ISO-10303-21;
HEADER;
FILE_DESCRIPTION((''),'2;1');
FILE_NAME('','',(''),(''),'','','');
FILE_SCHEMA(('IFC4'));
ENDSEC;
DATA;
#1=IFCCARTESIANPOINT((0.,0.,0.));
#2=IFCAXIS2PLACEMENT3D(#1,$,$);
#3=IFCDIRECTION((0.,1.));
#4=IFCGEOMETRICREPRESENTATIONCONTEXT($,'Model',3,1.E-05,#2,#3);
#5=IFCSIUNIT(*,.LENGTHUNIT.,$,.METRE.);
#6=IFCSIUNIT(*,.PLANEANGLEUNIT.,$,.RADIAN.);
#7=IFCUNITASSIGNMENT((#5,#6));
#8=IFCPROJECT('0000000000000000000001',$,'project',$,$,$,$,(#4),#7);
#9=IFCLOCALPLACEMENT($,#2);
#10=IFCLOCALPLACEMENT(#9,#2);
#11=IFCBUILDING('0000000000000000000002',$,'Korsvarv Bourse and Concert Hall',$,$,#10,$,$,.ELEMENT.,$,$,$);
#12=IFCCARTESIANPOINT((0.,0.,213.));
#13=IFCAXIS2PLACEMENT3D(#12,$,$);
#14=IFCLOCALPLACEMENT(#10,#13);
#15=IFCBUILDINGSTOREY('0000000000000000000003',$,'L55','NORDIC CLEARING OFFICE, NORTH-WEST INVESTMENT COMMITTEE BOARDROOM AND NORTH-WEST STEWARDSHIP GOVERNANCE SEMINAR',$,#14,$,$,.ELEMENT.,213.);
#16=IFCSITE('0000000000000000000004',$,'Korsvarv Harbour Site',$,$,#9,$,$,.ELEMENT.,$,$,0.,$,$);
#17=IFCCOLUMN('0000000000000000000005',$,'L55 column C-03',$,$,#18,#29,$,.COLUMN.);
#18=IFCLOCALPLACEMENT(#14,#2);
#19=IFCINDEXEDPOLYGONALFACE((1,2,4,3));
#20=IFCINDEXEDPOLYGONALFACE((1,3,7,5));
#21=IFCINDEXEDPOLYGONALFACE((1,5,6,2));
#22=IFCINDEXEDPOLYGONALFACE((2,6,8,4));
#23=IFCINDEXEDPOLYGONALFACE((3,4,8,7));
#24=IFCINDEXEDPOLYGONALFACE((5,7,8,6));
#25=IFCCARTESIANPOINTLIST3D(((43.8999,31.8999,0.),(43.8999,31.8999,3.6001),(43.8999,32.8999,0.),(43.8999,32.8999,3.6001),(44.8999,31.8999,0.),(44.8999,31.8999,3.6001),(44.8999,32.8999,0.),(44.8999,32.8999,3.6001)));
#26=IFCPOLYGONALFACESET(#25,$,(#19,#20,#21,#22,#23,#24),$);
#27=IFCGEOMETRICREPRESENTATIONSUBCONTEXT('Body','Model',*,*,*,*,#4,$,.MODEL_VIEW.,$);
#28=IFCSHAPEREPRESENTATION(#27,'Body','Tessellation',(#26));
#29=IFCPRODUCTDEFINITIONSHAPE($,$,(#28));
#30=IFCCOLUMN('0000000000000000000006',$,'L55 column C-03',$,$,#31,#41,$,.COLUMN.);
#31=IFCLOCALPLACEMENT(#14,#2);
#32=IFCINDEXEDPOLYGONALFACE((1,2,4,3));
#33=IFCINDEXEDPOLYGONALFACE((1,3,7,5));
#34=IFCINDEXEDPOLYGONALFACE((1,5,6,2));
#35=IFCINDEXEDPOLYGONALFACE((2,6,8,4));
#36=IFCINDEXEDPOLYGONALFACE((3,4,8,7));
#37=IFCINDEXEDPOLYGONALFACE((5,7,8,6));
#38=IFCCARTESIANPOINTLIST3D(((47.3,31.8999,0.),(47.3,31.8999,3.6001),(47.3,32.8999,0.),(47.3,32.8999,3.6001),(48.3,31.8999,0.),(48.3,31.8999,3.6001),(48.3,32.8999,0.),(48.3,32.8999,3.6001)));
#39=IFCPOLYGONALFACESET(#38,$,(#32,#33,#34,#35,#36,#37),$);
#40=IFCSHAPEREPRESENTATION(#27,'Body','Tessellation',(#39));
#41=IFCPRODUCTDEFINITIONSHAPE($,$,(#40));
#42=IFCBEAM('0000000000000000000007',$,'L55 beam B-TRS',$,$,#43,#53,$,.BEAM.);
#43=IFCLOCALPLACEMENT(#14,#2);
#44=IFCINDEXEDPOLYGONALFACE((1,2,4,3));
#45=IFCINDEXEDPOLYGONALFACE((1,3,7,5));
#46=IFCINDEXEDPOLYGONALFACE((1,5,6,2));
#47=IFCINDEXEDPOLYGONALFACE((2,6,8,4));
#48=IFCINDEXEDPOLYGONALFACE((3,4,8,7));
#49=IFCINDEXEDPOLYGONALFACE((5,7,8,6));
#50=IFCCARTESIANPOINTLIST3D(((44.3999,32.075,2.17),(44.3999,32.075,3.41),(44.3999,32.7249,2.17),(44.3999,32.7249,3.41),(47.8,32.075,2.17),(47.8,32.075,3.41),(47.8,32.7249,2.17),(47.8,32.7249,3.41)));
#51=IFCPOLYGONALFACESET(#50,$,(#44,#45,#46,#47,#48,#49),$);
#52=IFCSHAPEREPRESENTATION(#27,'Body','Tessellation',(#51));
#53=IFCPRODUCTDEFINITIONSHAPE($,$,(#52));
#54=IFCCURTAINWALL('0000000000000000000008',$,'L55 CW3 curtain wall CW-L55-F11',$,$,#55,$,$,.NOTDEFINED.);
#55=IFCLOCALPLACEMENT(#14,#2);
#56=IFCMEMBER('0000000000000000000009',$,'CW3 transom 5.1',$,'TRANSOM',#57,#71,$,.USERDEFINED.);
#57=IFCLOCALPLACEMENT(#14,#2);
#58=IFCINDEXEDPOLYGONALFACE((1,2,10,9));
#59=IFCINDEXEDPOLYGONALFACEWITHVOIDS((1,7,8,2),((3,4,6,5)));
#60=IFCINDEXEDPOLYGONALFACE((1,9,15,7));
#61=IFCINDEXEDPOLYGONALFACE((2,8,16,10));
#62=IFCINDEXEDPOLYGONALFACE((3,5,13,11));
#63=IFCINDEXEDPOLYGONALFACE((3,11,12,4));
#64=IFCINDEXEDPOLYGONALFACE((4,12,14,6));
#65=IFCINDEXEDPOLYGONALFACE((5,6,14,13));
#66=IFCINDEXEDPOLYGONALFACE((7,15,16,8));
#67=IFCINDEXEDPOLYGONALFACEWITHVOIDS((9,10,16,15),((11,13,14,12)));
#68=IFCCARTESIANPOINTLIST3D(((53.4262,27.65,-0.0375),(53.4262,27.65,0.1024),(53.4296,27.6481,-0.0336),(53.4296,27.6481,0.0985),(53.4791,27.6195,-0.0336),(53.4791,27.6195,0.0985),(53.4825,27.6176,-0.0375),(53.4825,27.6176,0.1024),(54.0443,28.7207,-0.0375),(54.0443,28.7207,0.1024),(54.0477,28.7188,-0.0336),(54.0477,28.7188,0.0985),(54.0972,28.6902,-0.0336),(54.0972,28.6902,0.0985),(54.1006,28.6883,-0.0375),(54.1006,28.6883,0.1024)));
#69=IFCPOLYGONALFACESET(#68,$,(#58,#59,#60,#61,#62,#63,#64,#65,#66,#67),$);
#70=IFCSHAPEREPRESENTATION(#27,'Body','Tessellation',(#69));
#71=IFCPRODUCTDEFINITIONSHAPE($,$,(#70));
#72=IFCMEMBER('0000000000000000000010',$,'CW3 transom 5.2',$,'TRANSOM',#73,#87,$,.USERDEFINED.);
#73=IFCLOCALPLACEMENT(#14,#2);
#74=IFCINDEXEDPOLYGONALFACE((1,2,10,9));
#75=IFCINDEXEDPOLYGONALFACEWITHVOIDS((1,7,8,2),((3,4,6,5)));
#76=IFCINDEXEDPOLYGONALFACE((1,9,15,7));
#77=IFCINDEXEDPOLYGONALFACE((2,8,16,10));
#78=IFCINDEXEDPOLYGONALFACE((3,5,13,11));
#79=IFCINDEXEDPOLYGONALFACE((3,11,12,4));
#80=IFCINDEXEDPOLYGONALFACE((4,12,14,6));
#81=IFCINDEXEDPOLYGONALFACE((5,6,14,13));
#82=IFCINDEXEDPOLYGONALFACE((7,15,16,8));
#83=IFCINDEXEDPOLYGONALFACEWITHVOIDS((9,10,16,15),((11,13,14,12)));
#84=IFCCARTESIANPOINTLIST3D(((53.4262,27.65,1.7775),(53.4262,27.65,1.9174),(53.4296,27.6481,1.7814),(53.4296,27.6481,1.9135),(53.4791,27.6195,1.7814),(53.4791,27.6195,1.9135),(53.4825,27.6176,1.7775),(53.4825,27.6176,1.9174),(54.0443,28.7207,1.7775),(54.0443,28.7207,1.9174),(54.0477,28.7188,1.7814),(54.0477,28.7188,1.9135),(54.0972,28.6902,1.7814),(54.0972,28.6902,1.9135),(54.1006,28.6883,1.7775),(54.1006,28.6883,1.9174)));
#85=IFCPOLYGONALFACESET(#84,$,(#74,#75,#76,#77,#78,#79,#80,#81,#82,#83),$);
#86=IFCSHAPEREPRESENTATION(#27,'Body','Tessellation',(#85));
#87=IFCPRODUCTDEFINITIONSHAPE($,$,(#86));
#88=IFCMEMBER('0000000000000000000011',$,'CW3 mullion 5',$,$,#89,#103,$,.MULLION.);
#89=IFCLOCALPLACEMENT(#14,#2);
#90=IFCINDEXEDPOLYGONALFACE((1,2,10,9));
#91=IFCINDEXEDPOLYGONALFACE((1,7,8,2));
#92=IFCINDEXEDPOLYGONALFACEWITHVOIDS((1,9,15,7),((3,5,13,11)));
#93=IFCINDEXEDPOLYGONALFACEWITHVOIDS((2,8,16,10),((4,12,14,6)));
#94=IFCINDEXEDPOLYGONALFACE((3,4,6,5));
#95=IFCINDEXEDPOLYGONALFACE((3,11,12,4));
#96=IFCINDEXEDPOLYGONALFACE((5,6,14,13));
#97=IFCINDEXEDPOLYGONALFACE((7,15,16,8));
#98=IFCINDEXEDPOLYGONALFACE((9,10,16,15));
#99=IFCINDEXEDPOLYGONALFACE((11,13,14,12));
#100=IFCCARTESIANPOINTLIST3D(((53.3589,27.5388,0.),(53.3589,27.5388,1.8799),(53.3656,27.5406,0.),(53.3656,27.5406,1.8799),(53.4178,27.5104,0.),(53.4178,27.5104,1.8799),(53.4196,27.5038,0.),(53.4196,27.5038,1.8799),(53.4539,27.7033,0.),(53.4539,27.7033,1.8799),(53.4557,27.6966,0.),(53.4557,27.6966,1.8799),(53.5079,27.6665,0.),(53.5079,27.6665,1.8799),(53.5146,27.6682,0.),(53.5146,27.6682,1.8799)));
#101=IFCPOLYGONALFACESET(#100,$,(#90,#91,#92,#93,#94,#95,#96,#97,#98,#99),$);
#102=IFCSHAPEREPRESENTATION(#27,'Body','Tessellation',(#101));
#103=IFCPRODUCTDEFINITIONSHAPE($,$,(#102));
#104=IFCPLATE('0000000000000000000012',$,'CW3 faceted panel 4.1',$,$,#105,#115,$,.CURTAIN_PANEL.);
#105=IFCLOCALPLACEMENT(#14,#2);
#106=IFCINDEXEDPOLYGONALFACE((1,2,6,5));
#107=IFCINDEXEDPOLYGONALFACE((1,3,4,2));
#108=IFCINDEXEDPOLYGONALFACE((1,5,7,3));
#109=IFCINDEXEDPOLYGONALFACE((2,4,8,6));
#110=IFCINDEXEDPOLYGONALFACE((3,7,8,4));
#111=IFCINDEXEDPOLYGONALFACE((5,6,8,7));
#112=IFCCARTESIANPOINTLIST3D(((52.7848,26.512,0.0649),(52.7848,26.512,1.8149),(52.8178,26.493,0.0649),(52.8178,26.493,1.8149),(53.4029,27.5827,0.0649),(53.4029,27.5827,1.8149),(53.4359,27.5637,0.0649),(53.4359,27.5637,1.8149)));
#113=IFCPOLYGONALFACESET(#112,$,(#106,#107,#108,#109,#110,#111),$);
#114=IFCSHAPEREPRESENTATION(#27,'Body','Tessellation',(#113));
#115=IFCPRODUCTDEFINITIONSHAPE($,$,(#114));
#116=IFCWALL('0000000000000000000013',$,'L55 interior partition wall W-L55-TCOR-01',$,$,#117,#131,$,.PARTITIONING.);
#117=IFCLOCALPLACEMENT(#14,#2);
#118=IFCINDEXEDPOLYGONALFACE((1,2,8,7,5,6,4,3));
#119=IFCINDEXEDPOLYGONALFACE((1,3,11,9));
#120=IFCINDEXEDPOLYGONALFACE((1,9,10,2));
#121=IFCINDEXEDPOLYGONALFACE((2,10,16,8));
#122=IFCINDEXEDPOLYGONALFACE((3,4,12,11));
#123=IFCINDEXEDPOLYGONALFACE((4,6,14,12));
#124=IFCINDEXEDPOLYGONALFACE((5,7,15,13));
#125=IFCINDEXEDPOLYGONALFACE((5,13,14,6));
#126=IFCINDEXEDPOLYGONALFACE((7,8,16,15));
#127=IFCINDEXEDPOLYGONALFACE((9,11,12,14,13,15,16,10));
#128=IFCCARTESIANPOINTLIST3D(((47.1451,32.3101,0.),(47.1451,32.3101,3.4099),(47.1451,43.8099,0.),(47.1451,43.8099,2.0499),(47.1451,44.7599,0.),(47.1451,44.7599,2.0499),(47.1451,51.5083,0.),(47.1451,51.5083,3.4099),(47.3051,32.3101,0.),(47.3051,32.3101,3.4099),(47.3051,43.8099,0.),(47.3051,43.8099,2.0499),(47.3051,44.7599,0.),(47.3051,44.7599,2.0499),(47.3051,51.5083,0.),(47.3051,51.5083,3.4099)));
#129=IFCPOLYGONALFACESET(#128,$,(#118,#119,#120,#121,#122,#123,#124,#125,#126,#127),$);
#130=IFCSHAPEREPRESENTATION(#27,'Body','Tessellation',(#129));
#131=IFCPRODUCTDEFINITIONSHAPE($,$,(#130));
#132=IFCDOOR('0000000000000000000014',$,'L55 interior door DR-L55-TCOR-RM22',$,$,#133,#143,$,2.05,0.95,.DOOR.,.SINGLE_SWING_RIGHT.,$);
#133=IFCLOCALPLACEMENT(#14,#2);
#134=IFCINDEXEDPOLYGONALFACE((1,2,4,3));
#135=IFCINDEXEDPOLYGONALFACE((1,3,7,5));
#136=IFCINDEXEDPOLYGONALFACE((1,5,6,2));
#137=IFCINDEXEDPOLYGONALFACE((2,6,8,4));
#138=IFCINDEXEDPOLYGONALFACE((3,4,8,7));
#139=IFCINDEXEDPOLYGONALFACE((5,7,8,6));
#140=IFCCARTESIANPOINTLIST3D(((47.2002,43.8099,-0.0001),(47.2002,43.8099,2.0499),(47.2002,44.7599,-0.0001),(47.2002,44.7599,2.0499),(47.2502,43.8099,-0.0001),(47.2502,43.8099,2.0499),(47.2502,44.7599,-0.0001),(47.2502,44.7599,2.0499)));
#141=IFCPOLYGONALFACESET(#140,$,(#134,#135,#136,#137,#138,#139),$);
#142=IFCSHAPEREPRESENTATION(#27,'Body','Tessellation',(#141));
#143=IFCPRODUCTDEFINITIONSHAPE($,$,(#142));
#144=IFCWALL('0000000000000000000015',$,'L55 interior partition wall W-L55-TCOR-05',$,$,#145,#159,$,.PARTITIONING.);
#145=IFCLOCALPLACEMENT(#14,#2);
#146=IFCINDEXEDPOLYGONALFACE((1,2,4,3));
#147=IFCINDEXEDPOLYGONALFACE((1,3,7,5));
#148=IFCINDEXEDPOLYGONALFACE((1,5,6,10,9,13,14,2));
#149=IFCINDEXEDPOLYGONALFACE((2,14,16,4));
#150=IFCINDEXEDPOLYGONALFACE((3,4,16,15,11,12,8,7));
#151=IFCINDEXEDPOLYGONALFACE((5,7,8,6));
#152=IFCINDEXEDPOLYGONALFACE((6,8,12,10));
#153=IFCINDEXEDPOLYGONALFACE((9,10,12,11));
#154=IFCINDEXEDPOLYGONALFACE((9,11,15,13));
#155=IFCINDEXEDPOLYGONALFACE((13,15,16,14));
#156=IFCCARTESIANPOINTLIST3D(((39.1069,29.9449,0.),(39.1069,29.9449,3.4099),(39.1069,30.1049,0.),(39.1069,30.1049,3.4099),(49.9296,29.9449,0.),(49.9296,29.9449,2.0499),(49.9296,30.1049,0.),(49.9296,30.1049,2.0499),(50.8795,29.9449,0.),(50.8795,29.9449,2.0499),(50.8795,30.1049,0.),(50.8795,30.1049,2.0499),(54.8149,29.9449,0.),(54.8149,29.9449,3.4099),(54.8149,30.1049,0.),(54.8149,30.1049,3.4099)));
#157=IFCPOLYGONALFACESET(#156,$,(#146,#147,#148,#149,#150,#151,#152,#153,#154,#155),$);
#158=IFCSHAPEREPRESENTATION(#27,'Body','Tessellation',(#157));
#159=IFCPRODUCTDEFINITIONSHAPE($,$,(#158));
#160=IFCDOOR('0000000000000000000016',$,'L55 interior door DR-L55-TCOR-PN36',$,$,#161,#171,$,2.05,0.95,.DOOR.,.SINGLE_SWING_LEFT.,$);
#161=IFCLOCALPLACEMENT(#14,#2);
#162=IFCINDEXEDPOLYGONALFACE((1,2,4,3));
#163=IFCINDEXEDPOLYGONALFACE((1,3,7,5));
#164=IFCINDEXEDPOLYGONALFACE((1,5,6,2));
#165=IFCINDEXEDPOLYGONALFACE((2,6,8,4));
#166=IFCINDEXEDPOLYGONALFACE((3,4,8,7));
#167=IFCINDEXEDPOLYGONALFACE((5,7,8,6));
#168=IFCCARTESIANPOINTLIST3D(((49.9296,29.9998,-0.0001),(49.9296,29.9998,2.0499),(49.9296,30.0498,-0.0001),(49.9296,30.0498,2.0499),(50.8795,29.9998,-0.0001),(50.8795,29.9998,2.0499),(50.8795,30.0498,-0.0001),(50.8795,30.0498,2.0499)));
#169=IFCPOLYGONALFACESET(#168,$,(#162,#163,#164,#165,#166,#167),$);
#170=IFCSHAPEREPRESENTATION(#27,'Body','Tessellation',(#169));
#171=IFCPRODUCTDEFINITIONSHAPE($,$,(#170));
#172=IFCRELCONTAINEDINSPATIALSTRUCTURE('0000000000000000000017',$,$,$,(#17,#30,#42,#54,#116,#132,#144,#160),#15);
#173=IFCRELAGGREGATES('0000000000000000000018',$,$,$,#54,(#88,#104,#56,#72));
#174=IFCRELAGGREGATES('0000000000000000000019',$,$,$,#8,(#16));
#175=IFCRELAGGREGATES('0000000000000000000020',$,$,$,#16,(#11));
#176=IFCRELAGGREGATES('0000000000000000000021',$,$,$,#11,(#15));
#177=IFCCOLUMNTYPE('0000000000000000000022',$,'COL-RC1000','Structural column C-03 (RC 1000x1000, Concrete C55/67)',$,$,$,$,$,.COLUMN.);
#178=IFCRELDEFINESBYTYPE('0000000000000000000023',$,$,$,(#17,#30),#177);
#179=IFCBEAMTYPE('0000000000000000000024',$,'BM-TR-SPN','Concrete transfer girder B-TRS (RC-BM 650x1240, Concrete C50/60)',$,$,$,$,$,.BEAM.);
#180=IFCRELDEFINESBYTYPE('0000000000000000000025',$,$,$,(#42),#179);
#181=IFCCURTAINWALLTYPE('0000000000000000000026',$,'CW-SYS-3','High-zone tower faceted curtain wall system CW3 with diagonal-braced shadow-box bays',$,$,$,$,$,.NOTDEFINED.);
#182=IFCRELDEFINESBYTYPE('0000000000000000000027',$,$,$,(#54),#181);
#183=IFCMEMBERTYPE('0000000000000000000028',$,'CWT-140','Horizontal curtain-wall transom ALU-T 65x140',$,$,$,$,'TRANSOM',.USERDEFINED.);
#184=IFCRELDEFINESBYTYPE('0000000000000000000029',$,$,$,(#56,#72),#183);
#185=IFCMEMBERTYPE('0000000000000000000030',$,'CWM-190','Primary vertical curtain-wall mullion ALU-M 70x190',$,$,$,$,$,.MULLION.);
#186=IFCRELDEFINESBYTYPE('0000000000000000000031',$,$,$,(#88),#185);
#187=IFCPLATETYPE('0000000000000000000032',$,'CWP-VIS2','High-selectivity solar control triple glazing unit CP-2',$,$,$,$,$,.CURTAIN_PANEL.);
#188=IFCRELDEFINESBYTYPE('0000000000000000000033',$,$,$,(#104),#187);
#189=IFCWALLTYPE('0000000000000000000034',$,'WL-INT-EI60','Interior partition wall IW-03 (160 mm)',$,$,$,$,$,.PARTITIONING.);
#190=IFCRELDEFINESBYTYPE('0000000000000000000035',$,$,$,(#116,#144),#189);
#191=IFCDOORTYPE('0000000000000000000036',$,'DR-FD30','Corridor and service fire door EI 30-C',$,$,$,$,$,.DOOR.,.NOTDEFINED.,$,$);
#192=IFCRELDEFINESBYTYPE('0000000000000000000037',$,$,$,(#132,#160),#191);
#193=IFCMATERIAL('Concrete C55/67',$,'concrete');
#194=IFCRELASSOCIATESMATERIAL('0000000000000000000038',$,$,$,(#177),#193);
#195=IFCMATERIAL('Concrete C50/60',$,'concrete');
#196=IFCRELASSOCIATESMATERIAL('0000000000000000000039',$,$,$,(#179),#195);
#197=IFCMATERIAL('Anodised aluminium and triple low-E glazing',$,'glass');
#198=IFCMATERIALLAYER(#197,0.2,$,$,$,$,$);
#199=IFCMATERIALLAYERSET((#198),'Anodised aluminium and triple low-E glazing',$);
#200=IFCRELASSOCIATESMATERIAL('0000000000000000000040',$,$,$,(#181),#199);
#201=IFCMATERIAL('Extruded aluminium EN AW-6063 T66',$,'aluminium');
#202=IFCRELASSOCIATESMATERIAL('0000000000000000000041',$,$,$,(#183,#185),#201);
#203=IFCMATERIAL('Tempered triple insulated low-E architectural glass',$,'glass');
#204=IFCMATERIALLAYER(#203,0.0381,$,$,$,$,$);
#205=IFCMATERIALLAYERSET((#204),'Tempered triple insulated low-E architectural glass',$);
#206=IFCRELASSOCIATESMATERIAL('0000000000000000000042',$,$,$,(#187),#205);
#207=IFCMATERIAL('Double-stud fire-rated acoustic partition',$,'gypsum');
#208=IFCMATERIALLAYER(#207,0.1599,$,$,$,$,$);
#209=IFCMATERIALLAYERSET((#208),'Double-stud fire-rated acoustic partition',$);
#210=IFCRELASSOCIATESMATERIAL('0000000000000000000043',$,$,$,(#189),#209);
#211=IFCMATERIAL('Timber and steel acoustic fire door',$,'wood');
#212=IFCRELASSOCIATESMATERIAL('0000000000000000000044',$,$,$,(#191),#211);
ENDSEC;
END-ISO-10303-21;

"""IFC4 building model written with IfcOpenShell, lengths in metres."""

from ifc_helpers import new_model, si_unit, direction, frame, frame_2d, origin, origin_2d, place, context, subcontext, project, spatial, rectangle, hollow_rectangle, extrude, source, transform, mapped, material, layer, layer_set, material_profile, profile_set, type_object, element, fill, aggregate, save


model = new_model("IFC4")

# Units and contexts
model_context = context("Model", 3, precision=1e-05, world=origin(), true_north=direction((0.0, 1.0)))
body_context = subcontext(model_context, "Body", "Model", "MODEL_VIEW")
ifc_project = project(units=[si_unit("LENGTHUNIT", "METRE"), si_unit("PLANEANGLEUNIT", "RADIAN")], contexts=[model_context])

# Site, building, storey
site_placement = place(None, origin())
site = spatial("IfcSite", under=ifc_project, at=site_placement, Name="Korsvarv Harbour Site", CompositionType="ELEMENT", RefElevation=0.0)
building_placement = place(site_placement, origin())
building = spatial("IfcBuilding", under=site, at=building_placement, Name="Korsvarv Bourse and Concert Hall", CompositionType="ELEMENT")
storey_placement = place(building_placement, frame((0.0, 0.0, 213.0)))
storey = spatial("IfcBuildingStorey", under=building, at=storey_placement, Name="L55", Description="NORDIC CLEARING OFFICE, NORTH-WEST INVESTMENT COMMITTEE BOARDROOM AND NORTH-WEST STEWARDSHIP GOVERNANCE SEMINAR", CompositionType="ELEMENT", Elevation=213.0)

# Columns
ifc_material_1 = material(Name="Concrete C55/67", Category="concrete")
ifc_material_profile_1 = material_profile(ifc_material_1, rectangle(XDim=1.0, YDim=1.0, at=origin_2d()), Name="RC 1000x1000")
ifc_profile_set_1 = profile_set([ifc_material_profile_1], Name="Concrete C55/67")
column_type = type_object("IfcColumnType", Name="COL-RC1000", Description="Structural column C-03 (RC 1000x1000, Concrete C55/67)", PredefinedType="COLUMN", material=ifc_profile_set_1)
shared_shape_1 = source(origin(), body_context, "Body", "SweptSolid", [
    extrude(rectangle(XDim=1.0, YDim=1.0, at=origin_2d()), origin(), (0.0, 0.0, 1.0), 3.6001),
])
for number, where, z_axis, x_axis, name in (
    (1, (44.3999, 32.3999, 0.0), (0.0, 0.0, 1.0), (1.0, 0.0, 0.0), "L55 column C-03"),
    (2, (47.8, 32.3999, 0.0), (0.0, 0.0, 1.0), (1.0, 0.0, 0.0), "L55 column C-03"),
):
    element("IfcColumn", number, at=place(storey_placement, frame(where, z_axis=z_axis, x_axis=x_axis)), inside=storey, type_object=column_type, Name=name, PredefinedType="COLUMN", context=body_context, shape_type="MappedRepresentation", body=[
        mapped(shared_shape_1, transform((0.0, 0.0, 0.0), scale=1.0)),
    ])

# Beam
ifc_material_2 = material(Name="Concrete C50/60", Category="concrete")
ifc_material_profile_2 = material_profile(ifc_material_2, rectangle(XDim=0.6499, YDim=1.24, at=origin_2d()), Name="RC-BM 650x1240")
ifc_profile_set_2 = profile_set([ifc_material_profile_2], Name="Concrete C50/60")
beam_type = type_object("IfcBeamType", Name="BM-TR-SPN", Description="Concrete transfer girder B-TRS (RC-BM 650x1240, Concrete C50/60)", PredefinedType="BEAM", material=ifc_profile_set_2)
shared_shape_2 = source(origin(), body_context, "Body", "SweptSolid", [
    extrude(rectangle(XDim=0.6499, YDim=1.24, at=origin_2d()), origin(), (0.0, 0.0, 1.0), 3.4001),
])
beam_placement = place(storey_placement, frame((44.3999, 32.3999, 2.79), z_axis=(1.0, 0.0, 0.0), x_axis=(0.0, 1.0, 0.0)))
element("IfcBeam", 3, at=beam_placement, inside=storey, type_object=beam_type, Name="L55 beam B-TRS", PredefinedType="BEAM", context=body_context, shape_type="MappedRepresentation", body=[
    mapped(shared_shape_2, transform((0.0, 0.0, 0.0), scale=1.0)),
])

# Curtain wall, members, plate
ifc_material_3 = material(Name="Anodised aluminium and triple low-E glazing", Category="glass")
ifc_layer_1 = layer(ifc_material_3, 0.2)
ifc_layer_set_1 = layer_set([ifc_layer_1], Name="Anodised aluminium and triple low-E glazing")
curtain_wall_type = type_object("IfcCurtainWallType", Name="CW-SYS-3", Description="High-zone tower faceted curtain wall system CW3 with diagonal-braced shadow-box bays", PredefinedType="NOTDEFINED", material=ifc_layer_set_1)
curtain_wall_placement = place(storey_placement, origin())
curtain_wall = element("IfcCurtainWall", 4, at=curtain_wall_placement, inside=storey, type_object=curtain_wall_type, Name="L55 CW3 curtain wall CW-L55-F11", PredefinedType="NOTDEFINED")
ifc_material_4 = material(Name="Extruded aluminium EN AW-6063 T66", Category="aluminium")
ifc_material_profile_3 = material_profile(ifc_material_4, hollow_rectangle(XDim=0.0649, YDim=0.1399, WallThickness=0.0039, at=origin_2d()), Name="ALU-T 65x140")
ifc_profile_set_3 = profile_set([ifc_material_profile_3], Name="Extruded aluminium EN AW-6063 T66")
member_type_1 = type_object("IfcMemberType", Name="CWT-140", Description="Horizontal curtain-wall transom ALU-T 65x140", ElementType="TRANSOM", PredefinedType="USERDEFINED", material=ifc_profile_set_3)
shared_shape_3 = source(origin(), body_context, "Body", "SweptSolid", [
    extrude(hollow_rectangle(XDim=0.0649, YDim=0.1399, WallThickness=0.0039, at=origin_2d()), origin(), (0.0, 0.0, 1.0), 1.2363),
])
member_1_placement = place(storey_placement, frame((53.4543, 27.6338, 0.0325), z_axis=(0.499962, 0.866047, 0.0), x_axis=(-0.866047, 0.499962, 0.0)))
member_1 = element("IfcMember", 5, at=member_1_placement, type_object=member_type_1, Name="CW3 transom 5.1", ObjectType="TRANSOM", PredefinedType="USERDEFINED", context=body_context, shape_type="MappedRepresentation", body=[
    mapped(shared_shape_3, transform((0.0, 0.0, 0.0), scale=1.0)),
])
member_2_placement = place(storey_placement, frame((53.4543, 27.6338, 1.8474), z_axis=(0.499962, 0.866047, 0.0), x_axis=(-0.866047, 0.499962, 0.0)))
member_2 = element("IfcMember", 6, at=member_2_placement, type_object=member_type_1, Name="CW3 transom 5.2", ObjectType="TRANSOM", PredefinedType="USERDEFINED", context=body_context, shape_type="MappedRepresentation", body=[
    mapped(shared_shape_3, transform((0.0, 0.0, 0.0), scale=1.0)),
])
ifc_material_profile_4 = material_profile(ifc_material_4, hollow_rectangle(XDim=0.0701, YDim=0.1899, WallThickness=0.0049, at=origin_2d()), Name="ALU-M 70x190")
ifc_profile_set_4 = profile_set([ifc_material_profile_4], Name="Extruded aluminium EN AW-6063 T66")
member_type_2 = type_object("IfcMemberType", Name="CWM-190", Description="Primary vertical curtain-wall mullion ALU-M 70x190", PredefinedType="MULLION", material=ifc_profile_set_4)
shared_shape_4 = source(origin(), body_context, "Body", "SweptSolid", [
    extrude(hollow_rectangle(XDim=0.0701, YDim=0.1899, WallThickness=0.0049, at=origin_2d()), origin(), (0.0, 0.0, 1.0), 1.8799),
])
member_3_placement = place(storey_placement, frame((53.4368, 27.6035, 0.0), z_axis=(0.0, 0.0, 1.0), x_axis=(-0.866027, 0.499997, 0.0)))
member_3 = element("IfcMember", 7, at=member_3_placement, type_object=member_type_2, Name="CW3 mullion 5", PredefinedType="MULLION", context=body_context, shape_type="MappedRepresentation", body=[
    mapped(shared_shape_4, transform((0.0, 0.0, 0.0), scale=1.0)),
])
ifc_material_5 = material(Name="Tempered triple insulated low-E architectural glass", Category="glass")
ifc_layer_2 = layer(ifc_material_5, 0.0381)
ifc_layer_set_2 = layer_set([ifc_layer_2], Name="Tempered triple insulated low-E architectural glass")
plate_type = type_object("IfcPlateType", Name="CWP-VIS2", Description="High-selectivity solar control triple glazing unit CP-2", PredefinedType="CURTAIN_PANEL", material=ifc_layer_set_2)
shared_shape_5 = source(origin(), body_context, "Body", "SweptSolid", [
    extrude(rectangle(XDim=1.2363, YDim=0.0381, at=origin_2d()), origin(), (0.0, 0.0, 1.0), 1.75),
])
plate_placement = place(storey_placement, frame((53.1104, 27.0378, 0.0649), z_axis=(0.0, 0.0, 1.0), x_axis=(0.499997, 0.866027, 0.0)))
plate = element("IfcPlate", 8, at=plate_placement, type_object=plate_type, Name="CW3 faceted panel 4.1", PredefinedType="CURTAIN_PANEL", context=body_context, shape_type="MappedRepresentation", body=[
    mapped(shared_shape_5, transform((0.0, 0.0, 0.0), scale=1.0)),
])
aggregate(curtain_wall, [member_3, plate, member_1, member_2])

# Walls, openings, doors
ifc_material_6 = material(Name="Double-stud fire-rated acoustic partition", Category="gypsum")
ifc_layer_3 = layer(ifc_material_6, 0.1599)
ifc_layer_set_3 = layer_set([ifc_layer_3], Name="Double-stud fire-rated acoustic partition")
wall_type_1 = type_object("IfcWallType", Name="WL-INT-EI60", Description="Interior partition wall IW-03 (160 mm)", PredefinedType="PARTITIONING", material=ifc_layer_set_3)
wall_1_placement = place(storey_placement, frame((47.2251, 32.3101, 0.0), z_axis=(0.0, 0.0, 1.0), x_axis=(0.0, 1.0, 0.0)))
wall_1 = element("IfcWall", 9, at=wall_1_placement, inside=storey, type_object=wall_type_1, Name="L55 interior partition wall W-L55-TCOR-01", PredefinedType="PARTITIONING", context=body_context, shape_type="SweptSolid", body=[
    extrude(rectangle(XDim=19.1982, YDim=0.1599, at=frame_2d((9.5991, 0.0))), origin(), (0.0, 0.0, 1.0), 3.4099),
])
opening_1_placement = place(wall_1_placement, frame((11.4998, 0.0, 0.0)))
opening_1 = element("IfcOpeningElement", 10, at=opening_1_placement, cuts=wall_1, PredefinedType="OPENING", context=body_context, shape_type="SweptSolid", body=[
    extrude(rectangle(XDim=0.95, YDim=2.05, at=frame_2d((0.4751, 1.0249))), frame((0.0, 0.0898, 0.0), z_axis=(0.0, -1.0, 0.0), x_axis=(1.0, 0.0, 0.0)), (0.0, 0.0, 1.0), 0.1799),
])
ifc_material_7 = material(Name="Timber and steel acoustic fire door", Category="wood")
door_type = type_object("IfcDoorType", Name="DR-FD30", Description="Corridor and service fire door EI 30-C", OperationType="NOTDEFINED", PredefinedType="DOOR", material=ifc_material_7)
door_1_placement = place(opening_1_placement, origin())
door_1 = element("IfcDoor", 11, at=door_1_placement, inside=storey, type_object=door_type, Name="L55 interior door DR-L55-TCOR-RM22", OperationType="SINGLE_SWING_RIGHT", OverallHeight=2.05, OverallWidth=0.95, PredefinedType="DOOR", context=body_context, shape_type="SweptSolid", body=[
    extrude(rectangle(XDim=0.95, YDim=2.05, at=frame_2d((0.4751, 1.0249))), frame((0.0, 0.0249, 0.0), z_axis=(0.0, -1.0, 0.0), x_axis=(1.0, 0.0, 0.0)), (0.0, 0.0, 1.0), 0.05),
])
fill(opening_1, door_1)
wall_2_placement = place(storey_placement, frame((39.1069, 30.0249, 0.0), z_axis=(0.0, 0.0, 1.0), x_axis=(1.0, 0.0, 0.0)))
wall_2 = element("IfcWall", 12, at=wall_2_placement, inside=storey, type_object=wall_type_1, Name="L55 interior partition wall W-L55-TCOR-05", PredefinedType="PARTITIONING", context=body_context, shape_type="SweptSolid", body=[
    extrude(rectangle(XDim=15.708, YDim=0.1599, at=frame_2d((7.854, 0.0))), origin(), (0.0, 0.0, 1.0), 3.4099),
])
opening_2_placement = place(wall_2_placement, frame((10.8225, 0.0, 0.0)))
opening_2 = element("IfcOpeningElement", 13, at=opening_2_placement, cuts=wall_2, PredefinedType="OPENING", context=body_context, shape_type="SweptSolid", body=[
    extrude(rectangle(XDim=0.95, YDim=2.05, at=frame_2d((0.4751, 1.0249))), frame((0.0, 0.0898, 0.0), z_axis=(0.0, -1.0, 0.0), x_axis=(1.0, 0.0, 0.0)), (0.0, 0.0, 1.0), 0.1799),
])
door_2_placement = place(opening_2_placement, origin())
door_2 = element("IfcDoor", 14, at=door_2_placement, inside=storey, type_object=door_type, Name="L55 interior door DR-L55-TCOR-PN36", OperationType="SINGLE_SWING_LEFT", OverallHeight=2.05, OverallWidth=0.95, PredefinedType="DOOR", context=body_context, shape_type="SweptSolid", body=[
    extrude(rectangle(XDim=0.95, YDim=2.05, at=frame_2d((0.4751, 1.0249))), frame((0.0, 0.0249, 0.0), z_axis=(0.0, -1.0, 0.0), x_axis=(1.0, 0.0, 0.0)), (0.0, 0.0, 1.0), 0.05),
])
fill(opening_2, door_2)

save(model, "model.ifc")
